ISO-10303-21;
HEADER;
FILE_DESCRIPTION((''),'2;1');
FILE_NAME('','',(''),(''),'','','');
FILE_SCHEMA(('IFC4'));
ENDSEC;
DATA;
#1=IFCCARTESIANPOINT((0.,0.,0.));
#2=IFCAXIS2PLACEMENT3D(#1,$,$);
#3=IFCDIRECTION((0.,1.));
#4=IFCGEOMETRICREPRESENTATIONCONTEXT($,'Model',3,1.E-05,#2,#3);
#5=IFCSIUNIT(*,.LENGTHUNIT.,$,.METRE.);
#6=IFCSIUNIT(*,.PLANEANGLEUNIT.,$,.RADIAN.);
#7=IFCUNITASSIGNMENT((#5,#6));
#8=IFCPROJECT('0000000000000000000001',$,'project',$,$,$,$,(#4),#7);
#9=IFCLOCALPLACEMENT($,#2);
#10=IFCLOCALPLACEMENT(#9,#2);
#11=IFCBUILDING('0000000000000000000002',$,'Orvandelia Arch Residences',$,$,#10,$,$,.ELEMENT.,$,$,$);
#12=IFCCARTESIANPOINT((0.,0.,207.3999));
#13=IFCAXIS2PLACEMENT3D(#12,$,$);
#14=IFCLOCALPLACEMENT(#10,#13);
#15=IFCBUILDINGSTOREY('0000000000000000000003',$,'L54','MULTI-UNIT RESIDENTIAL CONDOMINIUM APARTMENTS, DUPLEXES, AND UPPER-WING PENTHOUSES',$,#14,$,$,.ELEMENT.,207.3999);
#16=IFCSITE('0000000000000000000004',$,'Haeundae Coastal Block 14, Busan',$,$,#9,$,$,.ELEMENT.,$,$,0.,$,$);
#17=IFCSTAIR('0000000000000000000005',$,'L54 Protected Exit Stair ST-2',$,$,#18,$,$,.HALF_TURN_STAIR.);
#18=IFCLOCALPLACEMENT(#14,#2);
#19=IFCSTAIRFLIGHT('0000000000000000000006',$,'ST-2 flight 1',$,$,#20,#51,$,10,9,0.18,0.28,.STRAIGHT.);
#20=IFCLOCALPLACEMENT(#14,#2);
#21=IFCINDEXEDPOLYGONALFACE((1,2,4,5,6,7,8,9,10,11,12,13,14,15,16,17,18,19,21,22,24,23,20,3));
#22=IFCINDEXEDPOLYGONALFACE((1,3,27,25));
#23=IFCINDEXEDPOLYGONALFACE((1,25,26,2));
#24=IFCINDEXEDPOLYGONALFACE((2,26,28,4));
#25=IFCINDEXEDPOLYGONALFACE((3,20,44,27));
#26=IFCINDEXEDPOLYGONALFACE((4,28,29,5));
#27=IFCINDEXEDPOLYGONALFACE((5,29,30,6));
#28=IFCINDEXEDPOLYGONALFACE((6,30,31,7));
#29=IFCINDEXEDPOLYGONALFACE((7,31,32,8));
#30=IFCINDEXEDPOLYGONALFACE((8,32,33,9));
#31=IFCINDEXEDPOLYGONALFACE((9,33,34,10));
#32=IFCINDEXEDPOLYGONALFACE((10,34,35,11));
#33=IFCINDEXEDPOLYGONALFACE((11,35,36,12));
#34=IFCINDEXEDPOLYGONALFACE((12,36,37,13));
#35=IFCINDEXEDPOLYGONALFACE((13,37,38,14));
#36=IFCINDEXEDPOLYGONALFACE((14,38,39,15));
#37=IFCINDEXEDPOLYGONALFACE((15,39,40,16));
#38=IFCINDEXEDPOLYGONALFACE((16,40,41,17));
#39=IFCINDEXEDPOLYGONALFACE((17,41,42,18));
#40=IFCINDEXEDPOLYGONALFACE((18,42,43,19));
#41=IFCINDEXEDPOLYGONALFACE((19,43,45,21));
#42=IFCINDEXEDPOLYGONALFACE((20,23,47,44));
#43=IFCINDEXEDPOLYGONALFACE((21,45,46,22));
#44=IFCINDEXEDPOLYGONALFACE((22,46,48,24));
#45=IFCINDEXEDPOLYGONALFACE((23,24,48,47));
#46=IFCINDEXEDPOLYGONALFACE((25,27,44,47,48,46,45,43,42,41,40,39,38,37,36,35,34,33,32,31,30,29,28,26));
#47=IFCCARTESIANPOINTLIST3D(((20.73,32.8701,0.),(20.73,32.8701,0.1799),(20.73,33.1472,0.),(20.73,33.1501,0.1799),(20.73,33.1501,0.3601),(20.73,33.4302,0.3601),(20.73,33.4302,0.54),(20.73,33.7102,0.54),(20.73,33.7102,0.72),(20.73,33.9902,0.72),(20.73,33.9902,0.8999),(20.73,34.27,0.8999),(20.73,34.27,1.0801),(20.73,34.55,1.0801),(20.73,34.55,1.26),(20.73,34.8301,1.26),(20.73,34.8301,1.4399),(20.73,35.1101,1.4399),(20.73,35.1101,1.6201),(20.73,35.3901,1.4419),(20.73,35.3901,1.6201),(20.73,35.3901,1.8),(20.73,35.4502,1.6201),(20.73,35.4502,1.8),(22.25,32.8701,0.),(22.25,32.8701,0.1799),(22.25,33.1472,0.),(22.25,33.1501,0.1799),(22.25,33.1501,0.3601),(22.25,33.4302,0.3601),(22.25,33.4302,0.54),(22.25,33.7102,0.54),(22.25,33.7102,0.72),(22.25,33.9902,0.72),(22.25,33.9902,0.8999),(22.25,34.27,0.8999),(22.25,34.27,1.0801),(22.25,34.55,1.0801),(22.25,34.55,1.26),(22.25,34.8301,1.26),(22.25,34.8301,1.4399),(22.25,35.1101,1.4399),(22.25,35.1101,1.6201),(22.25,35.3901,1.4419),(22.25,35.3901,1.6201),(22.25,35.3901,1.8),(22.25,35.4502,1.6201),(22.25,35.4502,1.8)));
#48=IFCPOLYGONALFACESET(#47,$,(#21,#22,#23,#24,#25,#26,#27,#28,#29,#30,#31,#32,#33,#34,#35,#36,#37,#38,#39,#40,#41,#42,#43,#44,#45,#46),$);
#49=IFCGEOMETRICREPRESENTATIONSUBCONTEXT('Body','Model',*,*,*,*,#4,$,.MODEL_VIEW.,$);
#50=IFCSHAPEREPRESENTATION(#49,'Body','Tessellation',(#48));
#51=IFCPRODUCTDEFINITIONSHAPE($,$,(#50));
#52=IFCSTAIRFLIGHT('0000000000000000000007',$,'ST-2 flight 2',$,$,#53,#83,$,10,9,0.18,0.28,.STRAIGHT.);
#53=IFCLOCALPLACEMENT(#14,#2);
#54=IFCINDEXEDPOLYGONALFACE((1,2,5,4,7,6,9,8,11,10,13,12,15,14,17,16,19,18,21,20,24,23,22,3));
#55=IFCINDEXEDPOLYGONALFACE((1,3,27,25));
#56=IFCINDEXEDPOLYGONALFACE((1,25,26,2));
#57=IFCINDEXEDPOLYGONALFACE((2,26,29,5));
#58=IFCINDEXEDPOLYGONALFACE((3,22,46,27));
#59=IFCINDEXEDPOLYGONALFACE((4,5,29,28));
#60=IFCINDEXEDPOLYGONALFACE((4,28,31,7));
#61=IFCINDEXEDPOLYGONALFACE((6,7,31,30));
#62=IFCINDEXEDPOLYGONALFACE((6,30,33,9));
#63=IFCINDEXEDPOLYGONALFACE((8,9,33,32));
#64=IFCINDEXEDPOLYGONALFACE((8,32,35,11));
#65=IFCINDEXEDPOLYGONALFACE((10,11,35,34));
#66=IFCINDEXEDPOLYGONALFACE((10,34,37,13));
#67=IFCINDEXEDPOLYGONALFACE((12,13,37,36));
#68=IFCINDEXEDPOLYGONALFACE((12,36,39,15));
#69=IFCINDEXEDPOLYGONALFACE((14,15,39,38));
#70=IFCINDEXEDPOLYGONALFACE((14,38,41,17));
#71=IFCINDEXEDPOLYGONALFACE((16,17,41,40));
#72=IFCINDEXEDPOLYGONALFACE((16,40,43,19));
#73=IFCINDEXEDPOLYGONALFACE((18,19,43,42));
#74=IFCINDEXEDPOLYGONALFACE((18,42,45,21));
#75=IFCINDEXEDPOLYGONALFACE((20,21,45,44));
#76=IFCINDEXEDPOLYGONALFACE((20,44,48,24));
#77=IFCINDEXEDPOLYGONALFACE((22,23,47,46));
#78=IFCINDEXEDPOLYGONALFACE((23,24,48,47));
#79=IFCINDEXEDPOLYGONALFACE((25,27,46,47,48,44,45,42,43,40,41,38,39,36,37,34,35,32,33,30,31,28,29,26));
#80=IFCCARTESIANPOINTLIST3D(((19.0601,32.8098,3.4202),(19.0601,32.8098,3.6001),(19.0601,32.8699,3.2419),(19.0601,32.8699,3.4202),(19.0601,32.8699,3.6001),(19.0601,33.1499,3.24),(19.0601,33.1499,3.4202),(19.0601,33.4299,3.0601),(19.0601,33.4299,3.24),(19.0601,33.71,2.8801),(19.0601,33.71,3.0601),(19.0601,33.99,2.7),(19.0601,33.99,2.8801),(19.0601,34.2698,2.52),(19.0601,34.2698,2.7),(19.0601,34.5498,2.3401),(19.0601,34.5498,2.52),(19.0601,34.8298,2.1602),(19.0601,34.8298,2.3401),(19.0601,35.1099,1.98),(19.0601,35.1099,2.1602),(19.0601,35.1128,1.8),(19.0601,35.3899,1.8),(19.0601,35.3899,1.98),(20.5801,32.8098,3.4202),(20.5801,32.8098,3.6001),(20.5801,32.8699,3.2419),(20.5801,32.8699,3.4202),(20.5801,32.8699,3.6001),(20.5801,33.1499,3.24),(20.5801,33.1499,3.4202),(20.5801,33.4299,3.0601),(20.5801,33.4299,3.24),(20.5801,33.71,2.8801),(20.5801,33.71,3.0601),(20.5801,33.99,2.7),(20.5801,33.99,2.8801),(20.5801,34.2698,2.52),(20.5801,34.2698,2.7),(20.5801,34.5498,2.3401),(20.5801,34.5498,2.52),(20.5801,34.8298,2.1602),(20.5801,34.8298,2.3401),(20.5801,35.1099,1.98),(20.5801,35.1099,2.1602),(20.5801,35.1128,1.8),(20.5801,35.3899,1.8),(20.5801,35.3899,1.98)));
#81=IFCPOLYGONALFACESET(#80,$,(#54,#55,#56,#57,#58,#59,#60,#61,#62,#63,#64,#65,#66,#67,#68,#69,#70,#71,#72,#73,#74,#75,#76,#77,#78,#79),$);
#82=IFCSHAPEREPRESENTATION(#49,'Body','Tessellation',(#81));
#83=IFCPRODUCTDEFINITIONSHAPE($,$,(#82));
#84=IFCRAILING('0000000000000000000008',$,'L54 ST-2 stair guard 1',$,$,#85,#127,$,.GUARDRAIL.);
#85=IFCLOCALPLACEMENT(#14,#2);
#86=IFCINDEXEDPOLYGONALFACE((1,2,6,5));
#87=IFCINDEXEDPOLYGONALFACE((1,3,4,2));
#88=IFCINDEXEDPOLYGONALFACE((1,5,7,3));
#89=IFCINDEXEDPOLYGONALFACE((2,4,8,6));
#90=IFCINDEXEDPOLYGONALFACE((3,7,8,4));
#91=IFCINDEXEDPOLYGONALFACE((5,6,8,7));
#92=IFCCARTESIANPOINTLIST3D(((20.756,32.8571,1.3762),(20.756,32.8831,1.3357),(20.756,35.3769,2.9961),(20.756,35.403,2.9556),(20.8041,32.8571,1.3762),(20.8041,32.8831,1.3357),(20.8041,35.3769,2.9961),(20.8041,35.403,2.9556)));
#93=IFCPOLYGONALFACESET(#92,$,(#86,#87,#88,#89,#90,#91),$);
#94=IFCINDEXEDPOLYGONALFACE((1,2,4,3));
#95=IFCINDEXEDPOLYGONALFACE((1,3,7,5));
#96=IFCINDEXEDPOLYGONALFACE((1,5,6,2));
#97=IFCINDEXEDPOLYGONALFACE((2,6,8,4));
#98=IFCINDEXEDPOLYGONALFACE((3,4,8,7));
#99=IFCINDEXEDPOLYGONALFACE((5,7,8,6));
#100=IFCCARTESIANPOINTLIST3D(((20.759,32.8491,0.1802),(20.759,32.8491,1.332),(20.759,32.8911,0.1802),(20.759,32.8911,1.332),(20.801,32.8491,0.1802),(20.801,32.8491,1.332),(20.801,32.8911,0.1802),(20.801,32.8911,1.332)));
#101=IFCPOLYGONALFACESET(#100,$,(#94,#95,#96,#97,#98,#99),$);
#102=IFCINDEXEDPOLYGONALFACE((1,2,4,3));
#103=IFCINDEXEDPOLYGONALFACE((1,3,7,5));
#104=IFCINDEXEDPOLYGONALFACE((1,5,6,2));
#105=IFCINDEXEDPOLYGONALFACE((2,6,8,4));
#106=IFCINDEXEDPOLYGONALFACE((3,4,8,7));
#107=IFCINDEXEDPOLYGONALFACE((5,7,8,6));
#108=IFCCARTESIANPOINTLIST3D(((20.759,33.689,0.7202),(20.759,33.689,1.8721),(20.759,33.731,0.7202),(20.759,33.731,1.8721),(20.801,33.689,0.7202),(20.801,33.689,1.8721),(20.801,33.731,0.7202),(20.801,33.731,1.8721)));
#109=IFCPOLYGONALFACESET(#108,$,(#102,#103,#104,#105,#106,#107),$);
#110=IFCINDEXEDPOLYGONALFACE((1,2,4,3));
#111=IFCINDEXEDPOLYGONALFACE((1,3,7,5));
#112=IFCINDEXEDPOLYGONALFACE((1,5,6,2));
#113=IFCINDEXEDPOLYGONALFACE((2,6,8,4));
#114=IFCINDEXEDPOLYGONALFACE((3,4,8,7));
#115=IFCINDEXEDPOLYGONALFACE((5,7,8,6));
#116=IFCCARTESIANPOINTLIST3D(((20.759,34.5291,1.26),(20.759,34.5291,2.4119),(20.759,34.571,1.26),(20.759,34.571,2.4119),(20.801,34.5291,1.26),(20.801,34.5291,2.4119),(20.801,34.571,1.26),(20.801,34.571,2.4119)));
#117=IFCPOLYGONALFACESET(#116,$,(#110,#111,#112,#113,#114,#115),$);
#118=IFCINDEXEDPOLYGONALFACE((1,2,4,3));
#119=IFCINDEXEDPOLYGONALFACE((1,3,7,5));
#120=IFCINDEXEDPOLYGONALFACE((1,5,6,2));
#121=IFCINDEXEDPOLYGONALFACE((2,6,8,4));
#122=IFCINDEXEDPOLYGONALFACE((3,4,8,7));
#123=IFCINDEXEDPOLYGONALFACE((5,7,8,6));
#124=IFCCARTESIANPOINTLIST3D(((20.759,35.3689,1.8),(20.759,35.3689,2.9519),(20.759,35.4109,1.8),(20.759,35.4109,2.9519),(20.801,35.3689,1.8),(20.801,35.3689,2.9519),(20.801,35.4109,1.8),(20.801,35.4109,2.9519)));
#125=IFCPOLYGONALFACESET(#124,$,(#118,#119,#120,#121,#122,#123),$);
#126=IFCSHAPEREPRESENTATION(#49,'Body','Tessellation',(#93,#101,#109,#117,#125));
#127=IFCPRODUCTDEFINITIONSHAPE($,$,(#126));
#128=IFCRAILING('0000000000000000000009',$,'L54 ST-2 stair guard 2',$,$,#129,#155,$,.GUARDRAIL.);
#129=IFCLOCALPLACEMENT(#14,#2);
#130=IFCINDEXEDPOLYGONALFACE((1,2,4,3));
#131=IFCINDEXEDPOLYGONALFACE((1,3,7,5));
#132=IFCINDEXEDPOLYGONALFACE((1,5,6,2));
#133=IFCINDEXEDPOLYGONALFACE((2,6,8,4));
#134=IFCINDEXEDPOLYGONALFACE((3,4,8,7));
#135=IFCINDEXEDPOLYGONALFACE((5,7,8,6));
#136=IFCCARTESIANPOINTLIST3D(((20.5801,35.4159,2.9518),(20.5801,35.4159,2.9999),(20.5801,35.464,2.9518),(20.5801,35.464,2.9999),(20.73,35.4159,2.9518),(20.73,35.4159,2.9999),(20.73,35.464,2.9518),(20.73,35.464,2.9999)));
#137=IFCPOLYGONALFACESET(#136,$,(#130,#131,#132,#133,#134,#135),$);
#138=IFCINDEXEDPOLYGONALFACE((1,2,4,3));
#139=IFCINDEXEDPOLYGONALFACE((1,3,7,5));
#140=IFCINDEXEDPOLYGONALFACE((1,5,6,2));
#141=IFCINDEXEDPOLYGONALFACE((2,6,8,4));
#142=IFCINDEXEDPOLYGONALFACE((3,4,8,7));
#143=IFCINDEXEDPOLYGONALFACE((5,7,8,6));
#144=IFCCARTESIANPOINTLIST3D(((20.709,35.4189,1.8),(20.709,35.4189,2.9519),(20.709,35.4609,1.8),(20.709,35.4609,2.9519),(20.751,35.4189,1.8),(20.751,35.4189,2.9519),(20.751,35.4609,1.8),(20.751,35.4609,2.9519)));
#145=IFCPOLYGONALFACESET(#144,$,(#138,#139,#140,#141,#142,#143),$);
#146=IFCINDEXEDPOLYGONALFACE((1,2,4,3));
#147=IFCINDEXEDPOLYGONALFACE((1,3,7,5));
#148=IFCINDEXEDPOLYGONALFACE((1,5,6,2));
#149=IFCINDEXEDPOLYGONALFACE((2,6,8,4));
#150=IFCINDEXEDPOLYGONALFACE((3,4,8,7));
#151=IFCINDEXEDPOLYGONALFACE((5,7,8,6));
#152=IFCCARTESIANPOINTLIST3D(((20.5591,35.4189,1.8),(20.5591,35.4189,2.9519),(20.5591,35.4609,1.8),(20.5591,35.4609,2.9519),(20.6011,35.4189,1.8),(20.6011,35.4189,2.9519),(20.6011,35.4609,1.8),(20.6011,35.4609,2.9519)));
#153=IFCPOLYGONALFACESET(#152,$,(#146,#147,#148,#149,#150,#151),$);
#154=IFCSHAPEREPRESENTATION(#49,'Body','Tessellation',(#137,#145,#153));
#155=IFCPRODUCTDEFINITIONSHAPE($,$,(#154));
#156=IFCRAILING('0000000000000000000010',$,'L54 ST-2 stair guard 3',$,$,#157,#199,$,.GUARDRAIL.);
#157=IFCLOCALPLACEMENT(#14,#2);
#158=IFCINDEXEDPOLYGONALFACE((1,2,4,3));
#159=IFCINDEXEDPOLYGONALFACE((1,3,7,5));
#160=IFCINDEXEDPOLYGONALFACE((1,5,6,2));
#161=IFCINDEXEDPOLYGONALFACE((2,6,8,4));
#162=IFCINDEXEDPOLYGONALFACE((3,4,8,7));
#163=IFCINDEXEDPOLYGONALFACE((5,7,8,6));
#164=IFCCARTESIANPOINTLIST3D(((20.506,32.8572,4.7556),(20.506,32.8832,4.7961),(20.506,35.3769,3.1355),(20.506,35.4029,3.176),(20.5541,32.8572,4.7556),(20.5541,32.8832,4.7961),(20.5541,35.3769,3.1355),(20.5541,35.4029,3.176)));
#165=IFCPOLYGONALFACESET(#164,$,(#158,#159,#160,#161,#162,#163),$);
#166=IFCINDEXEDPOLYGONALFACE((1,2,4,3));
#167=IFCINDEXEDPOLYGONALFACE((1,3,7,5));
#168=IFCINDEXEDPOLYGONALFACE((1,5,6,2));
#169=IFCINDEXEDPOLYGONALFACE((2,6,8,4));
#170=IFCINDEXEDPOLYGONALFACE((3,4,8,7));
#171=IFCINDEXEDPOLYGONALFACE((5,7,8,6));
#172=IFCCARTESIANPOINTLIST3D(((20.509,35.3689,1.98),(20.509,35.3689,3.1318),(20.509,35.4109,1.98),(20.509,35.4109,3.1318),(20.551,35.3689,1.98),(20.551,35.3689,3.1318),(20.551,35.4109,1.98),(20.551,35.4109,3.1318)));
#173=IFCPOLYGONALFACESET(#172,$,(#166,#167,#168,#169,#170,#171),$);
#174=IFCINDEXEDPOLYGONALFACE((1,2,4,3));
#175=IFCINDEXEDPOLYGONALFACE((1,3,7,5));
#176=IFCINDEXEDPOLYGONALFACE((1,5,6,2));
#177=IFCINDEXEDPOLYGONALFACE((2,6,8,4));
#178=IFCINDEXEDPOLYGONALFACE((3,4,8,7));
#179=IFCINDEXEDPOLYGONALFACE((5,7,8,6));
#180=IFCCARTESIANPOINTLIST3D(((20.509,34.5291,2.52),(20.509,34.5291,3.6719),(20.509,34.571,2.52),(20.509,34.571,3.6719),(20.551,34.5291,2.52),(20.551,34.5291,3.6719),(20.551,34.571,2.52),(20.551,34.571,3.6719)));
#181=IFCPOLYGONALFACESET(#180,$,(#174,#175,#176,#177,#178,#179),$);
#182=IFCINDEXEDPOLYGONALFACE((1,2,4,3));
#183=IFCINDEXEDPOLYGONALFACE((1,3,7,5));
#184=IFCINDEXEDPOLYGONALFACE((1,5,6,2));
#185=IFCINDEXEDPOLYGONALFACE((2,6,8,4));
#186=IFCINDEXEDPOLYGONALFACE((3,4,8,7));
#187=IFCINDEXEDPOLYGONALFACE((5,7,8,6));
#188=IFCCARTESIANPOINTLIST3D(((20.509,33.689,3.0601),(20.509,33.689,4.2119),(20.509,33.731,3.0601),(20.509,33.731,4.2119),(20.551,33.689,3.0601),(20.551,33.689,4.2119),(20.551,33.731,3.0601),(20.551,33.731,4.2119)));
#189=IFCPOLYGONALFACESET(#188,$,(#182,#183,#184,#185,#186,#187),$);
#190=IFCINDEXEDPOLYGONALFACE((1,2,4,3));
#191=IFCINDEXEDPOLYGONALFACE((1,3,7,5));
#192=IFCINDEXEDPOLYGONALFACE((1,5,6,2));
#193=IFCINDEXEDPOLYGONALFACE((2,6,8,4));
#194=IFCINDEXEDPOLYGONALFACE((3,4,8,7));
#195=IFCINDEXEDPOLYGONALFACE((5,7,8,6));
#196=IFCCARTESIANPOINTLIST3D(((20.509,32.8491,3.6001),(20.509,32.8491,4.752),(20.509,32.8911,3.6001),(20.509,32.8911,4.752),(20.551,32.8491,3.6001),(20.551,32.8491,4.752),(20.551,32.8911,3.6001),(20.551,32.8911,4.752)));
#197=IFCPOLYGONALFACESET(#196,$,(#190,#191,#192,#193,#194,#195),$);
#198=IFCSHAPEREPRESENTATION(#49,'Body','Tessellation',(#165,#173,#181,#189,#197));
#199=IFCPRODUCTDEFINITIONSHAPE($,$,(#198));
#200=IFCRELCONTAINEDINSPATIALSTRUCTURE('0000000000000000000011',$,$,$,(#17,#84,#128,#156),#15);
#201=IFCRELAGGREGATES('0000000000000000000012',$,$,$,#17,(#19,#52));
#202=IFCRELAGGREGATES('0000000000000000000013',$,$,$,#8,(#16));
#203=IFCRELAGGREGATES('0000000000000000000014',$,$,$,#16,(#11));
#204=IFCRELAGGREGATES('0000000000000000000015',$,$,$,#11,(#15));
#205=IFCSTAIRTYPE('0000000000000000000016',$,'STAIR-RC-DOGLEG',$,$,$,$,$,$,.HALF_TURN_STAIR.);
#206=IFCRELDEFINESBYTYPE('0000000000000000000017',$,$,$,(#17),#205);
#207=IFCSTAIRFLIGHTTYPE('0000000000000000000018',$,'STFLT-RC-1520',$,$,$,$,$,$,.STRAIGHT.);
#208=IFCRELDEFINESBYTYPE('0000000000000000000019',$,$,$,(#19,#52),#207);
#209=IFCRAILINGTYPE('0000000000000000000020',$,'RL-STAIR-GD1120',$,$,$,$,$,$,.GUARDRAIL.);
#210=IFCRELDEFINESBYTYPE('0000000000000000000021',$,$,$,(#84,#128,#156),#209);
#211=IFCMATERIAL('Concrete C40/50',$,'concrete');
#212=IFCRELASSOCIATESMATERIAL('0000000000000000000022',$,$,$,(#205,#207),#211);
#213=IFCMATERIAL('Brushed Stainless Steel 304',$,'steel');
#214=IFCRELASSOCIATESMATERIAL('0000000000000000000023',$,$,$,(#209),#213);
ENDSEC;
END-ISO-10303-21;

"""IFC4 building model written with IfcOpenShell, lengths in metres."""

from ifc_helpers import new_model, si_unit, direction, frame, origin, origin_2d, place, context, subcontext, project, spatial, polyline, rectangle, outline, extrude, material, type_object, element, aggregate, save


model = new_model("IFC4")

# Units and contexts
model_context = context("Model", 3, precision=1e-05, world=origin(), true_north=direction((0.0, 1.0)))
body_context = subcontext(model_context, "Body", "Model", "MODEL_VIEW")
ifc_project = project(units=[si_unit("LENGTHUNIT", "METRE"), si_unit("PLANEANGLEUNIT", "RADIAN")], contexts=[model_context])

# Site, building, storey
site_placement = place(None, origin())
site = spatial("IfcSite", under=ifc_project, at=site_placement, Name="Haeundae Coastal Block 14, Busan", CompositionType="ELEMENT", RefElevation=0.0)
building_placement = place(site_placement, origin())
building = spatial("IfcBuilding", under=site, at=building_placement, Name="Orvandelia Arch Residences", CompositionType="ELEMENT")
storey_placement = place(building_placement, frame((0.0, 0.0, 207.3999)))
storey = spatial("IfcBuildingStorey", under=building, at=storey_placement, Name="L54", Description="MULTI-UNIT RESIDENTIAL CONDOMINIUM APARTMENTS, DUPLEXES, AND UPPER-WING PENTHOUSES", CompositionType="ELEMENT", Elevation=207.3999)

# Stair, stair flights
ifc_material_1 = material(Name="Concrete C40/50", Category="concrete")
stair_type = type_object("IfcStairType", Name="STAIR-RC-DOGLEG", PredefinedType="HALF_TURN_STAIR", material=ifc_material_1)
stair_placement = place(storey_placement, origin())
stair = element("IfcStair", 1, at=stair_placement, inside=storey, type_object=stair_type, Name="L54 Protected Exit Stair ST-2", PredefinedType="HALF_TURN_STAIR")
stair_flight_type = type_object("IfcStairFlightType", Name="STFLT-RC-1520", PredefinedType="STRAIGHT", material=ifc_material_1)
stair_flight_1_placement = place(storey_placement, frame((21.49, 32.8701, 0.0), z_axis=(0.0, 0.0, 1.0), x_axis=(0.0, 1.0, 0.0)))
stair_flight_1 = element("IfcStairFlight", 2, at=stair_flight_1_placement, type_object=stair_flight_type, Name="ST-2 flight 1", NumberOfRisers=10, NumberOfTreads=9, PredefinedType="STRAIGHT", RiserHeight=0.18, TreadLength=0.28, context=body_context, shape_type="SweptSolid", body=[
    extrude(outline(polyline([(0.0, 0.0), (0.0, 0.1799), (0.28, 0.1799), (0.28, 0.3601), (0.5601, 0.3601), (0.5601, 0.54), (0.8401, 0.54), (0.8401, 0.72), (1.1201, 0.72), (1.1201, 0.8999), (1.3999, 0.8999), (1.3999, 1.0801), (1.6799, 1.0801), (1.6799, 1.26), (1.96, 1.26), (1.96, 1.4399), (2.24, 1.4399), (2.24, 1.6201), (2.52, 1.6201), (2.52, 1.8), (2.5801, 1.8), (2.5801, 1.6201), (2.52, 1.4419), (0.2771, 0.0), (0.0, 0.0)])), frame((0.0, 0.76, 0.0), z_axis=(0.0, -1.0, 0.0), x_axis=(1.0, 0.0, 0.0)), (0.0, 0.0, 1.0), 1.52),
])
stair_flight_2_placement = place(storey_placement, frame((19.8201, 35.3899, 1.8), z_axis=(0.0, 0.0, 1.0), x_axis=(0.0, -1.0, 0.0)))
stair_flight_2 = element("IfcStairFlight", 3, at=stair_flight_2_placement, type_object=stair_flight_type, Name="ST-2 flight 2", NumberOfRisers=10, NumberOfTreads=9, PredefinedType="STRAIGHT", RiserHeight=0.18, TreadLength=0.28, context=body_context, shape_type="SweptSolid", body=[
    extrude(outline(polyline([(0.0, 0.0), (0.0, 0.1799), (0.28, 0.1799), (0.28, 0.3601), (0.5601, 0.3601), (0.5601, 0.54), (0.8401, 0.54), (0.8401, 0.72), (1.1201, 0.72), (1.1201, 0.8999), (1.3999, 0.8999), (1.3999, 1.0801), (1.6799, 1.0801), (1.6799, 1.26), (1.96, 1.26), (1.96, 1.4399), (2.24, 1.4399), (2.24, 1.6201), (2.52, 1.6201), (2.52, 1.8), (2.5801, 1.8), (2.5801, 1.6201), (2.52, 1.4419), (0.2771, 0.0), (0.0, 0.0)])), frame((0.0, 0.76, 0.0), z_axis=(0.0, -1.0, 0.0), x_axis=(1.0, 0.0, 0.0)), (0.0, 0.0, 1.0), 1.52),
])
aggregate(stair, [stair_flight_1, stair_flight_2])

# Railings
ifc_material_2 = material(Name="Brushed Stainless Steel 304", Category="steel")
railing_type_1 = type_object("IfcRailingType", Name="RL-STAIR-GD1120", PredefinedType="GUARDRAIL", material=ifc_material_2)
railing_1_placement = place(storey_placement, frame((20.78, 32.8701, 0.1802)))
element("IfcRailing", 4, at=railing_1_placement, inside=storey, type_object=railing_type_1, Name="L54 ST-2 stair guard 1", PredefinedType="GUARDRAIL", context=body_context, shape_type="SweptSolid", body=[
    extrude(rectangle(XDim=0.0481, YDim=0.0481, at=origin_2d()), frame((0.0, 0.0, 1.1758), z_axis=(0.0, 0.841176, 0.540762), x_axis=(-1.0, 0.0, 0.0)), (0.0, 0.0, 1.0), 2.9956),
    extrude(rectangle(XDim=0.042, YDim=0.042, at=origin_2d()), origin(), (0.0, 0.0, 1.0), 1.1519),
    extrude(rectangle(XDim=0.042, YDim=0.042, at=origin_2d()), frame((0.0, 0.8398, 0.54)), (0.0, 0.0, 1.0), 1.1519),
    extrude(rectangle(XDim=0.042, YDim=0.042, at=origin_2d()), frame((0.0, 1.6799, 1.0798)), (0.0, 0.0, 1.0), 1.1519),
    extrude(rectangle(XDim=0.042, YDim=0.042, at=origin_2d()), frame((0.0, 2.5198, 1.6199)), (0.0, 0.0, 1.0), 1.1519),
])
railing_2_placement = place(storey_placement, frame((20.73, 35.4399, 1.8)))
element("IfcRailing", 5, at=railing_2_placement, inside=storey, type_object=railing_type_1, Name="L54 ST-2 stair guard 2", PredefinedType="GUARDRAIL", context=body_context, shape_type="SweptSolid", body=[
    extrude(rectangle(XDim=0.0481, YDim=0.0481, at=origin_2d()), frame((0.0, 0.0, 1.1758), z_axis=(-1.0, 0.0, 0.0), x_axis=(0.0, -1.0, 0.0)), (0.0, 0.0, 1.0), 0.1499),
    extrude(rectangle(XDim=0.042, YDim=0.042, at=origin_2d()), origin(), (0.0, 0.0, 1.0), 1.1519),
    extrude(rectangle(XDim=0.042, YDim=0.042, at=origin_2d()), frame((-0.1499, 0.0, 0.0)), (0.0, 0.0, 1.0), 1.1519),
])
railing_3_placement = place(storey_placement, frame((20.53, 35.3899, 1.98)))
element("IfcRailing", 6, at=railing_3_placement, inside=storey, type_object=railing_type_1, Name="L54 ST-2 stair guard 3", PredefinedType="GUARDRAIL", context=body_context, shape_type="SweptSolid", body=[
    extrude(rectangle(XDim=0.0481, YDim=0.0481, at=origin_2d()), frame((0.0, 0.0, 1.1758), z_axis=(0.0, -0.841139, 0.540819), x_axis=(1.0, 0.0, 0.0)), (0.0, 0.0, 1.0), 2.9956),
    extrude(rectangle(XDim=0.042, YDim=0.042, at=origin_2d()), origin(), (0.0, 0.0, 1.0), 1.1519),
    extrude(rectangle(XDim=0.042, YDim=0.042, at=origin_2d()), frame((0.0, -0.8398, 0.54)), (0.0, 0.0, 1.0), 1.1519),
    extrude(rectangle(XDim=0.042, YDim=0.042, at=origin_2d()), frame((0.0, -1.6799, 1.0801)), (0.0, 0.0, 1.0), 1.1519),
    extrude(rectangle(XDim=0.042, YDim=0.042, at=origin_2d()), frame((0.0, -2.5198, 1.6201)), (0.0, 0.0, 1.0), 1.1519),
])

save(model, "model.ifc")
